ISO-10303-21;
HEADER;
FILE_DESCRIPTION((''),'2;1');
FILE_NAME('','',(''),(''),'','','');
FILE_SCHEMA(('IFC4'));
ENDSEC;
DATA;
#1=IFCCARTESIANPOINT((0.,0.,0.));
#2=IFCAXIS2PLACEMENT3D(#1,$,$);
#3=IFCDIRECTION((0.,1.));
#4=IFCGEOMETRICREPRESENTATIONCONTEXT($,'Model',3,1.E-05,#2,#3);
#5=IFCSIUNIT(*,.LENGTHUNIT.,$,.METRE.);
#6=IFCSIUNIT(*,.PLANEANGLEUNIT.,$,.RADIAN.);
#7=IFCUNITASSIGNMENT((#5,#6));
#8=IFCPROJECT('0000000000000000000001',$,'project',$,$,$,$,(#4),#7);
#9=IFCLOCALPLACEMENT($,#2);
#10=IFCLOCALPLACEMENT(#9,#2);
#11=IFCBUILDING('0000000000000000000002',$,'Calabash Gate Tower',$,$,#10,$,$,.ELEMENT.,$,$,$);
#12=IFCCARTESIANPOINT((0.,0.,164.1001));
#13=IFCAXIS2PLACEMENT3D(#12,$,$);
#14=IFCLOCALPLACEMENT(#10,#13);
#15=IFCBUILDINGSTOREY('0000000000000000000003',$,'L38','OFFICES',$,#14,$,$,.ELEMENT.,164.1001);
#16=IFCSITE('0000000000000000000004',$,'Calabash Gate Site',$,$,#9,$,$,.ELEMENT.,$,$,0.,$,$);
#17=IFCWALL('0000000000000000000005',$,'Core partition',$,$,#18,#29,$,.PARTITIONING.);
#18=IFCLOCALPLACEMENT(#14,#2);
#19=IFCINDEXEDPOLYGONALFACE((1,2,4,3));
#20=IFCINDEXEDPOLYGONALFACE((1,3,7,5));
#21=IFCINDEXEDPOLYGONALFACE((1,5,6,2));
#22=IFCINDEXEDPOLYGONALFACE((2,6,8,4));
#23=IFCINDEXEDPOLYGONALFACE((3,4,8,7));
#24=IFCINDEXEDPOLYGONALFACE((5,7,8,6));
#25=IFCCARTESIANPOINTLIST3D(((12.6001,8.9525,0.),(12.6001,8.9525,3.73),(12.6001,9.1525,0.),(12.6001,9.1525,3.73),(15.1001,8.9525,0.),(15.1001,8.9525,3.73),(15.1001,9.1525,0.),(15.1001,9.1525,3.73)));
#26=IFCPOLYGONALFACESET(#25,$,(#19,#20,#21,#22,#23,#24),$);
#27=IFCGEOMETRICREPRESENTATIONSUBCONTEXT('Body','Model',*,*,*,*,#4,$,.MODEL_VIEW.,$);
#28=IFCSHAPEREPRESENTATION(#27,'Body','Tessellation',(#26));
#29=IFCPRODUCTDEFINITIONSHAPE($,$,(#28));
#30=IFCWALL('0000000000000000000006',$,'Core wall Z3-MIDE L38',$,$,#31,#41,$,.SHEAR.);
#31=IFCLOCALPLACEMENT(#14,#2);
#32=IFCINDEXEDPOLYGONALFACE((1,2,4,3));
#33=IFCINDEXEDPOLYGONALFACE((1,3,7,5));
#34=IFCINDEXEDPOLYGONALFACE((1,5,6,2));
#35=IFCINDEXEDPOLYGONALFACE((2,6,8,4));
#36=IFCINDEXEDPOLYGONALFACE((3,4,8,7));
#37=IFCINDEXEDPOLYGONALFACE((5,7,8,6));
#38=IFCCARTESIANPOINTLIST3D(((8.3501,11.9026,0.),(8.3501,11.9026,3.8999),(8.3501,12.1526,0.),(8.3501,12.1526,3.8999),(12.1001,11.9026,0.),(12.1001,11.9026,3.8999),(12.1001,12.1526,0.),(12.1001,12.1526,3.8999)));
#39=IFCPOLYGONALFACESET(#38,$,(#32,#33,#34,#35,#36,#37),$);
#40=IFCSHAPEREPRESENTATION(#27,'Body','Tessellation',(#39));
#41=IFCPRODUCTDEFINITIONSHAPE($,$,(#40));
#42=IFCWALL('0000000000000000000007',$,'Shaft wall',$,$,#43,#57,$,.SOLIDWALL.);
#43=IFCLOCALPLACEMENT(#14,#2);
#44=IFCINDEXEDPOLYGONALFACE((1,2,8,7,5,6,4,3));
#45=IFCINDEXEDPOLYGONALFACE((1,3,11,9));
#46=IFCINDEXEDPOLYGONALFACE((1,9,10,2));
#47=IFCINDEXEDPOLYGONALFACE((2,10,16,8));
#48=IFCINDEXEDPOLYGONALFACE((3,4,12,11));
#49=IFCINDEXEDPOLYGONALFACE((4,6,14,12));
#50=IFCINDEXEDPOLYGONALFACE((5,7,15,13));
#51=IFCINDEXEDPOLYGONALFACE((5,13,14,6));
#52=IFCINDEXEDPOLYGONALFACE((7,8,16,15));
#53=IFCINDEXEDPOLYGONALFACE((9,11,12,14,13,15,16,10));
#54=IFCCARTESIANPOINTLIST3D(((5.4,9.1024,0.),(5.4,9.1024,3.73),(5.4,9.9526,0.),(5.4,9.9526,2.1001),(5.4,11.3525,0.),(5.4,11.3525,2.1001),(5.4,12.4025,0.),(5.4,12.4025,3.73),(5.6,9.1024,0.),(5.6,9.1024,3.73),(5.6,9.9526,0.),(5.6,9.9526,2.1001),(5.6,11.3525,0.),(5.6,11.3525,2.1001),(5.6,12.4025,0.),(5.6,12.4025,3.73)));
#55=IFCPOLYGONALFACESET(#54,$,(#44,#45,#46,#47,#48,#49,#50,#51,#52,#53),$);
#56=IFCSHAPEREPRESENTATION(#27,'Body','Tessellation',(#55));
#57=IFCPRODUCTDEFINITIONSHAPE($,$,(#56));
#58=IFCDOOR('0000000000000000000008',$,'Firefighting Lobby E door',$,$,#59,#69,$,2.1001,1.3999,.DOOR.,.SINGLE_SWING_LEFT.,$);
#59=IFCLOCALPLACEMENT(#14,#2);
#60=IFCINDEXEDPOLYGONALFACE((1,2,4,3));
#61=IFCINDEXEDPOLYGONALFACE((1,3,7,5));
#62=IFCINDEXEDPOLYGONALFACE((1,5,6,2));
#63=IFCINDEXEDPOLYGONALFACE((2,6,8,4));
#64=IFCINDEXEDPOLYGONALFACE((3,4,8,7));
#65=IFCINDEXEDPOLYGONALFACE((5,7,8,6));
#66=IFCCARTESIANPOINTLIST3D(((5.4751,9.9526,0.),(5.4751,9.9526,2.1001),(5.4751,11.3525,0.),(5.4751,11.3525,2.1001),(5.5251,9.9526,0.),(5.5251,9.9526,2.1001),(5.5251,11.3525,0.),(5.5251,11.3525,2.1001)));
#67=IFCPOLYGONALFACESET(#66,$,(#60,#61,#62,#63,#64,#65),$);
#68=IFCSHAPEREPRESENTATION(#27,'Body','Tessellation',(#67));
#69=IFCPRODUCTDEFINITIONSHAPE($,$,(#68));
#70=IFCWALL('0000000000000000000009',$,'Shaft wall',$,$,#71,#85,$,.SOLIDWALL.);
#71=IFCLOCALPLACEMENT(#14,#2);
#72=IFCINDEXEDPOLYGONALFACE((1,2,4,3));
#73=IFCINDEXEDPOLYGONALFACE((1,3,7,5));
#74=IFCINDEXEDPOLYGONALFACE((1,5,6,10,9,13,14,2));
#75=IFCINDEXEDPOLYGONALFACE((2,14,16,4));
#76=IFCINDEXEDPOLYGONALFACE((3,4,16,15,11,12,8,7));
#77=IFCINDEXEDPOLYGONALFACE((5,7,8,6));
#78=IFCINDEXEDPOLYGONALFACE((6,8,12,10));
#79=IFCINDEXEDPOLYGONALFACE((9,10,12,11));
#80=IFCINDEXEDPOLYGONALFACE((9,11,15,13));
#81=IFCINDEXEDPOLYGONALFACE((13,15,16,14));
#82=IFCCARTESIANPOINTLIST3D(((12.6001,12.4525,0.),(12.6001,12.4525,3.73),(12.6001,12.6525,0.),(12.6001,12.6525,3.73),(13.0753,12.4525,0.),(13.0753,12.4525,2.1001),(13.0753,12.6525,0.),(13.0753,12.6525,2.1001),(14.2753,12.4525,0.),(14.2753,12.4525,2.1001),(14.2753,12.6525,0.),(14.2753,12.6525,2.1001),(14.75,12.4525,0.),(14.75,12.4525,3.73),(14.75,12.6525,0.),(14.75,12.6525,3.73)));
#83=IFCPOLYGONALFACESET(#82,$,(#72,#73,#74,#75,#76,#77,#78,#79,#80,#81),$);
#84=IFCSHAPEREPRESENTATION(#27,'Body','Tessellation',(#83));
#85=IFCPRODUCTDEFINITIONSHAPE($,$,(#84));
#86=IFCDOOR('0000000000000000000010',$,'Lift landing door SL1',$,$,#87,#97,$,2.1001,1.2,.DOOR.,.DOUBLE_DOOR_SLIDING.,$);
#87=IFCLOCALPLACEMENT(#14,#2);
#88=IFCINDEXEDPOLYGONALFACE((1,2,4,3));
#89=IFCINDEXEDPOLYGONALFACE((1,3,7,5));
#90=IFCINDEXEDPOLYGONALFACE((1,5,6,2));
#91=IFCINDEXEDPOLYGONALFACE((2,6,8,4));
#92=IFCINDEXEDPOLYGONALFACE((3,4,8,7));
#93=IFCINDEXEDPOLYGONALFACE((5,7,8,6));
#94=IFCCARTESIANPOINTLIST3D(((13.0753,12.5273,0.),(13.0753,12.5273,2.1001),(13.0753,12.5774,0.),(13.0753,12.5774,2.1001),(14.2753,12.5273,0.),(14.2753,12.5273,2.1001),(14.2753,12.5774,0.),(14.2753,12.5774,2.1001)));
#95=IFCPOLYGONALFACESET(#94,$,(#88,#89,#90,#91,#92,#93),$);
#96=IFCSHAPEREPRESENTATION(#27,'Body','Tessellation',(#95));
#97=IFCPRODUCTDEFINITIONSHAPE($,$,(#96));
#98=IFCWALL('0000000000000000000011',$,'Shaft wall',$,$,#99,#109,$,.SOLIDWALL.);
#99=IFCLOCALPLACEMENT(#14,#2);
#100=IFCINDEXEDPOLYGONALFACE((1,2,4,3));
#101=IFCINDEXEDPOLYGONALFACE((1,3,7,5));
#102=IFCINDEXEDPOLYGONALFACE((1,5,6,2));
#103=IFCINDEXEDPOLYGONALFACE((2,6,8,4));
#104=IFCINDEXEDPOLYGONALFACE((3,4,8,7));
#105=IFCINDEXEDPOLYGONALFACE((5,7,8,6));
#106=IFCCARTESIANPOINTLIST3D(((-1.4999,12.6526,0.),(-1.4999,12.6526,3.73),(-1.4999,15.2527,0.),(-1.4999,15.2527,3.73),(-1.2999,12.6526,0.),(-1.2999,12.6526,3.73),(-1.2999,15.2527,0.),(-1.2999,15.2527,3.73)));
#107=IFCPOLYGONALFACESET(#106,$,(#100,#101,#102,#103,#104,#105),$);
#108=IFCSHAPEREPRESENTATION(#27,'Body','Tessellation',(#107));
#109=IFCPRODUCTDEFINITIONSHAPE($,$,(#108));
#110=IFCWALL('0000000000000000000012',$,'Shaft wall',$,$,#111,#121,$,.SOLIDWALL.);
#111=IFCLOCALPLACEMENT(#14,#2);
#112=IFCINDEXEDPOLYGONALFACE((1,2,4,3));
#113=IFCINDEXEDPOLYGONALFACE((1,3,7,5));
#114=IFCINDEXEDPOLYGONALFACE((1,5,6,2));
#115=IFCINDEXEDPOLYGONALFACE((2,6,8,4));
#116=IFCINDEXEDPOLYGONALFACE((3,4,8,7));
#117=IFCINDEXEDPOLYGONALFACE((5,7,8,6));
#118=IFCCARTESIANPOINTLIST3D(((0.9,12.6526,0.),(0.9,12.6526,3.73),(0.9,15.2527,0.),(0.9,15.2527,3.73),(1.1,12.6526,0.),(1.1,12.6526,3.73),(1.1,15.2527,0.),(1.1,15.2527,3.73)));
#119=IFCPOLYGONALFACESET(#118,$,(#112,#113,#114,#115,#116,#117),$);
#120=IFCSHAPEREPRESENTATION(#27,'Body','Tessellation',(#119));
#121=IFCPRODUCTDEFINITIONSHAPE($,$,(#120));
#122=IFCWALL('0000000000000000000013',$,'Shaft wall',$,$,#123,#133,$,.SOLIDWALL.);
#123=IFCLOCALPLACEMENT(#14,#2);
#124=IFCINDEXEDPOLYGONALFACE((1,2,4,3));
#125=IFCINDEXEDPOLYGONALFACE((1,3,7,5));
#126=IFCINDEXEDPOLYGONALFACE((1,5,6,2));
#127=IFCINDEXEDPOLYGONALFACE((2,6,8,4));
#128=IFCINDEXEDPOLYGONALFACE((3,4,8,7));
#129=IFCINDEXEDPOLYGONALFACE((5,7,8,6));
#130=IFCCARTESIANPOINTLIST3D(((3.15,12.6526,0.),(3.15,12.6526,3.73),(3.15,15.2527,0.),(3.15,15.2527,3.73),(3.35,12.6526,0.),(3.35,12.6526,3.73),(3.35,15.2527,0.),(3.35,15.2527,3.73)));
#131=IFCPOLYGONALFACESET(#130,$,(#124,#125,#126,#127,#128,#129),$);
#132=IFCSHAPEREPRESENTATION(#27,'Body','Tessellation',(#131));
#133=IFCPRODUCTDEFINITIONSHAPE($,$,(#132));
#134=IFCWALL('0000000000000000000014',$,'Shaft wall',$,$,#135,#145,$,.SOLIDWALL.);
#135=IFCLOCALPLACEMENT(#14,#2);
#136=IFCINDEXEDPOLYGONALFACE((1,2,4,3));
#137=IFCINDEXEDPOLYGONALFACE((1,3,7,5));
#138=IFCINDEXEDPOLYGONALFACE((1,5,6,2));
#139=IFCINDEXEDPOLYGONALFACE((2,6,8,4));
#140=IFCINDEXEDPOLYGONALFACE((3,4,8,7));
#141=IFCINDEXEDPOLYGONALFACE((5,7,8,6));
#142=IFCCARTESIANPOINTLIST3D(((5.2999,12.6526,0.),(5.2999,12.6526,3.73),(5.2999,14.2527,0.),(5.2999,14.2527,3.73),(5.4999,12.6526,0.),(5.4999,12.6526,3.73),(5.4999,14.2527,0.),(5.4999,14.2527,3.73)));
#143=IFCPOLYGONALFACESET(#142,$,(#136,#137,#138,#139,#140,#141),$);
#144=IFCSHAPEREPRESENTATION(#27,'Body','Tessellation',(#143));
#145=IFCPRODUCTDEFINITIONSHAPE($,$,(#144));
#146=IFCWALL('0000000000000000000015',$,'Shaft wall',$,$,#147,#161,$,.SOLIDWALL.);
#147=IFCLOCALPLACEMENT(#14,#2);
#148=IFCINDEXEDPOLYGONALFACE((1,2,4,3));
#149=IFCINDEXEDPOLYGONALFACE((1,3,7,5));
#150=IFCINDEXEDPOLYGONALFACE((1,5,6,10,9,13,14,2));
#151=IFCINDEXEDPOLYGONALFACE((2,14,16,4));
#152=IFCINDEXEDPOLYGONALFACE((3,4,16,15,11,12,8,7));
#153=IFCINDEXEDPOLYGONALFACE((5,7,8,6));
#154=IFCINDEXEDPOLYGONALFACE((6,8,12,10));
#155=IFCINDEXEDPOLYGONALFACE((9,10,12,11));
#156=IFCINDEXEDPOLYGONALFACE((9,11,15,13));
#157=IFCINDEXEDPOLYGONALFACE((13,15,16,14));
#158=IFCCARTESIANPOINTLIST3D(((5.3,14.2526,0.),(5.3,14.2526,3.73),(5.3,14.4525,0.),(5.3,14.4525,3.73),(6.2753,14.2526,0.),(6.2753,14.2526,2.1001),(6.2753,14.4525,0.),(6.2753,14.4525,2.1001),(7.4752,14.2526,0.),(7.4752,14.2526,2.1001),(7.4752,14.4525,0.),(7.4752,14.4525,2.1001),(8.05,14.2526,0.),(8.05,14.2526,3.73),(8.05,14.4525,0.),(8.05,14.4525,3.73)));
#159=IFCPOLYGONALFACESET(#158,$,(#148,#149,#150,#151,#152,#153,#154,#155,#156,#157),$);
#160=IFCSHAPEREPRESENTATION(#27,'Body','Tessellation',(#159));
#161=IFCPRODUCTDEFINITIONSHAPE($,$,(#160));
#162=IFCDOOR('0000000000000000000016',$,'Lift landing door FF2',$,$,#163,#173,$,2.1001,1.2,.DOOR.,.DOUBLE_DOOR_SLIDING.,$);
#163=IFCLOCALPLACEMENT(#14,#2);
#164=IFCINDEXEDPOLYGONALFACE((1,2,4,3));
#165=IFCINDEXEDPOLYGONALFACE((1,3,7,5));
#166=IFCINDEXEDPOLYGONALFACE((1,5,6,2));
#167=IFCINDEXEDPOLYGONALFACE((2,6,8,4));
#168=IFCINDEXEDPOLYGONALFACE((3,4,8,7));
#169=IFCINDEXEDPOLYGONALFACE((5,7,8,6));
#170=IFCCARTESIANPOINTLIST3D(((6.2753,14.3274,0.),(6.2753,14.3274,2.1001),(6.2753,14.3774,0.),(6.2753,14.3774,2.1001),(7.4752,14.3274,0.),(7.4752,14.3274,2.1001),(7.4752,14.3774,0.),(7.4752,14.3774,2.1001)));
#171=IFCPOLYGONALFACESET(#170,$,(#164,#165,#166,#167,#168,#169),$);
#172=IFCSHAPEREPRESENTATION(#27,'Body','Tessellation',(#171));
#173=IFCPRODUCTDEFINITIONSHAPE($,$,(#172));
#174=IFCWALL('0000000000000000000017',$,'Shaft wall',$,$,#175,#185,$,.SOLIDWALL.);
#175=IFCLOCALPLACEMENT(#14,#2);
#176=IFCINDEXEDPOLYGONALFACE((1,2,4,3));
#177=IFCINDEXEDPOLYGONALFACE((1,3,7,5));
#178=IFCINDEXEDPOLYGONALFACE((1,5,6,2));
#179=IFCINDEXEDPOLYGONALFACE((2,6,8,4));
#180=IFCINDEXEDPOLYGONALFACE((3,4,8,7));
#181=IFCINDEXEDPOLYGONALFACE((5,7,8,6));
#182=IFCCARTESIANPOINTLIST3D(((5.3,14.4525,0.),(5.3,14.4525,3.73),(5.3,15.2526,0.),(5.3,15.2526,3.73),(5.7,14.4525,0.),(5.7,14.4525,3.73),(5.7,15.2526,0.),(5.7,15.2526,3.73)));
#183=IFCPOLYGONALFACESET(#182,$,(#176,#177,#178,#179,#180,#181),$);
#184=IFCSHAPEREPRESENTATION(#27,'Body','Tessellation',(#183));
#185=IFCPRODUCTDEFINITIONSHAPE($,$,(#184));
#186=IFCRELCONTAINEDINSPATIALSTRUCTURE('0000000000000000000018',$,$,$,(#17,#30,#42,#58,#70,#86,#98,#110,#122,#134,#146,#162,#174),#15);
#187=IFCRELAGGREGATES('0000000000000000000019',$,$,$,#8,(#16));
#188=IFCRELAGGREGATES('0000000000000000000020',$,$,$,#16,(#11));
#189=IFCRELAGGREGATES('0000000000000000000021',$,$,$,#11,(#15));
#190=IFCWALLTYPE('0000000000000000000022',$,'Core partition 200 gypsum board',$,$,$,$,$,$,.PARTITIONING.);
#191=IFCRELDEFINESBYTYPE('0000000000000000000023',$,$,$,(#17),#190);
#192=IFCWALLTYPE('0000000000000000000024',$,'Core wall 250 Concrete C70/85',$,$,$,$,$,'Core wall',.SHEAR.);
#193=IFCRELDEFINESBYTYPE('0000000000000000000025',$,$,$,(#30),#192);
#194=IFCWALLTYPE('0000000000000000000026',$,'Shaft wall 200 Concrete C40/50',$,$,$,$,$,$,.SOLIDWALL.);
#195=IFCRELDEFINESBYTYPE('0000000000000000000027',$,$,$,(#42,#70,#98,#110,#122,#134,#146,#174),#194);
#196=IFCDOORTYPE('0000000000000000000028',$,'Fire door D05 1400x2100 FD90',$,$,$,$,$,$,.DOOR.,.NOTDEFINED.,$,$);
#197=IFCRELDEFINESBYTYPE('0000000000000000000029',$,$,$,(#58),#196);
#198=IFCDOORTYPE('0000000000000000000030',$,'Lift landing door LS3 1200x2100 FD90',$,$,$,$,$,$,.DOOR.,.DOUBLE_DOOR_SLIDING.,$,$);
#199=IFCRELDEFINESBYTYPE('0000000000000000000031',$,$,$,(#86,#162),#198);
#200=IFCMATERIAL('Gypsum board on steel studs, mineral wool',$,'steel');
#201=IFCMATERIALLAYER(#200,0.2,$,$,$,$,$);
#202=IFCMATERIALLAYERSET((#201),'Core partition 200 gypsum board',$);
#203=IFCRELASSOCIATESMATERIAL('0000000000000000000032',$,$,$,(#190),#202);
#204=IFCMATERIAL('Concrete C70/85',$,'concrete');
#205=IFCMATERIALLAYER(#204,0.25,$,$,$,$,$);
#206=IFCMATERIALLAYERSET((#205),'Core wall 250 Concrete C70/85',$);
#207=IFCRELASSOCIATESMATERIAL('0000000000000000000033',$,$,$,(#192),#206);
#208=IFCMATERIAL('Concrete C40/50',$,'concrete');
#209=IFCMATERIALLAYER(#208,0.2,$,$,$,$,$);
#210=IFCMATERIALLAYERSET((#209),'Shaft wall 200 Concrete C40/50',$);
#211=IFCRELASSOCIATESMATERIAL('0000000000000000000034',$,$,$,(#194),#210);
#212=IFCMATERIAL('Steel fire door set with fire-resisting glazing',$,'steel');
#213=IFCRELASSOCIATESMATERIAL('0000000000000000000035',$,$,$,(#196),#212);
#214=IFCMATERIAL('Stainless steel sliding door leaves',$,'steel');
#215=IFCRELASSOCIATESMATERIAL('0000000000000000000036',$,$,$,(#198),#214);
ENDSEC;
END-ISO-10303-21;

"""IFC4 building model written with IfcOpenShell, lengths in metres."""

from ifc_helpers import new_model, si_unit, direction, frame, frame_2d, origin, place, context, subcontext, project, spatial, rectangle, extrude, material, layer, layer_set, type_object, element, fill, save


model = new_model("IFC4")

# Units and contexts
model_context = context("Model", 3, precision=1e-05, world=origin(), true_north=direction((0.0, 1.0)))
body_context = subcontext(model_context, "Body", "Model", "MODEL_VIEW")
ifc_project = project(units=[si_unit("LENGTHUNIT", "METRE"), si_unit("PLANEANGLEUNIT", "RADIAN")], contexts=[model_context])

# Site, building, storey
site_placement = place(None, origin())
site = spatial("IfcSite", under=ifc_project, at=site_placement, Name="Calabash Gate Site", CompositionType="ELEMENT", RefElevation=0.0)
building_placement = place(site_placement, origin())
building = spatial("IfcBuilding", under=site, at=building_placement, Name="Calabash Gate Tower", CompositionType="ELEMENT")
storey_placement = place(building_placement, frame((0.0, 0.0, 164.1001)))
storey = spatial("IfcBuildingStorey", under=building, at=storey_placement, Name="L38", Description="OFFICES", CompositionType="ELEMENT", Elevation=164.1001)

# Walls
ifc_material_1 = material(Name="Gypsum board on steel studs, mineral wool", Category="steel")
ifc_layer_1 = layer(ifc_material_1, 0.2)
ifc_layer_set_1 = layer_set([ifc_layer_1], Name="Core partition 200 gypsum board")
wall_type_1 = type_object("IfcWallType", Name="Core partition 200 gypsum board", PredefinedType="PARTITIONING", material=ifc_layer_set_1)
wall_1_placement = place(storey_placement, frame((12.6001, 9.0525, 0.0), z_axis=(0.0, 0.0, 1.0), x_axis=(1.0, 0.0, 0.0)))
element("IfcWall", 1, at=wall_1_placement, inside=storey, type_object=wall_type_1, Name="Core partition", PredefinedType="PARTITIONING", context=body_context, shape_type="SweptSolid", body=[
    extrude(rectangle(XDim=2.5, YDim=0.2, at=frame_2d((1.25, 0.0))), origin(), (0.0, 0.0, 1.0), 3.73),
])
ifc_material_2 = material(Name="Concrete C70/85", Category="concrete")
ifc_layer_2 = layer(ifc_material_2, 0.25)
ifc_layer_set_2 = layer_set([ifc_layer_2], Name="Core wall 250 Concrete C70/85")
wall_type_2 = type_object("IfcWallType", Name="Core wall 250 Concrete C70/85", ElementType="Core wall", PredefinedType="SHEAR", material=ifc_layer_set_2)
wall_2_placement = place(storey_placement, frame((8.3501, 12.0276, 0.0), z_axis=(0.0, 0.0, 1.0), x_axis=(1.0, 0.0, 0.0)))
element("IfcWall", 2, at=wall_2_placement, inside=storey, type_object=wall_type_2, Name="Core wall Z3-MIDE L38", PredefinedType="SHEAR", context=body_context, shape_type="SweptSolid", body=[
    extrude(rectangle(XDim=3.75, YDim=0.25, at=frame_2d((1.875, 0.0))), origin(), (0.0, 0.0, 1.0), 3.8999),
])

# Walls, openings, doors
ifc_material_3 = material(Name="Concrete C40/50", Category="concrete")
ifc_layer_3 = layer(ifc_material_3, 0.2)
ifc_layer_set_3 = layer_set([ifc_layer_3], Name="Shaft wall 200 Concrete C40/50")
wall_type_3 = type_object("IfcWallType", Name="Shaft wall 200 Concrete C40/50", PredefinedType="SOLIDWALL", material=ifc_layer_set_3)
wall_3_placement = place(storey_placement, frame((5.5, 9.1025, 0.0), z_axis=(0.0, 0.0, 1.0), x_axis=(0.0, 1.0, 0.0)))
wall_3 = element("IfcWall", 3, at=wall_3_placement, inside=storey, type_object=wall_type_3, Name="Shaft wall", PredefinedType="SOLIDWALL", context=body_context, shape_type="SweptSolid", body=[
    extrude(rectangle(XDim=3.3, YDim=0.2, at=frame_2d((1.6499, 0.0))), origin(), (0.0, 0.0, 1.0), 3.73),
])
opening_1_placement = place(wall_3_placement, frame((0.8501, 0.0, 0.0)))
opening_1 = element("IfcOpeningElement", 4, at=opening_1_placement, cuts=wall_3, PredefinedType="OPENING", context=body_context, shape_type="SweptSolid", body=[
    extrude(rectangle(XDim=1.3999, YDim=2.1001, at=frame_2d((0.7, 1.05))), frame((0.0, 0.1099, 0.0), z_axis=(0.0, -1.0, 0.0), x_axis=(1.0, 0.0, 0.0)), (0.0, 0.0, 1.0), 0.22),
])
ifc_material_4 = material(Name="Steel fire door set with fire-resisting glazing", Category="steel")
door_type_1 = type_object("IfcDoorType", Name="Fire door D05 1400x2100 FD90", OperationType="NOTDEFINED", PredefinedType="DOOR", material=ifc_material_4)
door_1_placement = place(opening_1_placement, origin())
door_1 = element("IfcDoor", 5, at=door_1_placement, inside=storey, type_object=door_type_1, Name="Firefighting Lobby E door", OperationType="SINGLE_SWING_LEFT", OverallHeight=2.1001, OverallWidth=1.3999, PredefinedType="DOOR", context=body_context, shape_type="SweptSolid", body=[
    extrude(rectangle(XDim=1.3999, YDim=2.1001, at=frame_2d((0.7, 1.05))), frame((0.0, 0.0249, 0.0), z_axis=(0.0, -1.0, 0.0), x_axis=(1.0, 0.0, 0.0)), (0.0, 0.0, 1.0), 0.05),
])
fill(opening_1, door_1)
wall_4_placement = place(storey_placement, frame((12.6001, 12.5525, 0.0), z_axis=(0.0, 0.0, 1.0), x_axis=(1.0, 0.0, 0.0)))
wall_4 = element("IfcWall", 6, at=wall_4_placement, inside=storey, type_object=wall_type_3, Name="Shaft wall", PredefinedType="SOLIDWALL", context=body_context, shape_type="SweptSolid", body=[
    extrude(rectangle(XDim=2.1499, YDim=0.2, at=frame_2d((1.075, 0.0))), origin(), (0.0, 0.0, 1.0), 3.73),
])
opening_2_placement = place(wall_4_placement, frame((0.4751, 0.0, 0.0)))
opening_2 = element("IfcOpeningElement", 7, at=opening_2_placement, cuts=wall_4, PredefinedType="OPENING", context=body_context, shape_type="SweptSolid", body=[
    extrude(rectangle(XDim=1.2, YDim=2.1001, at=frame_2d((0.6001, 1.05))), frame((0.0, 0.1099, 0.0), z_axis=(0.0, -1.0, 0.0), x_axis=(1.0, 0.0, 0.0)), (0.0, 0.0, 1.0), 0.22),
])
ifc_material_5 = material(Name="Stainless steel sliding door leaves", Category="steel")
door_type_2 = type_object("IfcDoorType", Name="Lift landing door LS3 1200x2100 FD90", OperationType="DOUBLE_DOOR_SLIDING", PredefinedType="DOOR", material=ifc_material_5)
door_2_placement = place(opening_2_placement, origin())
door_2 = element("IfcDoor", 8, at=door_2_placement, inside=storey, type_object=door_type_2, Name="Lift landing door SL1", OperationType="DOUBLE_DOOR_SLIDING", OverallHeight=2.1001, OverallWidth=1.2, PredefinedType="DOOR", context=body_context, shape_type="SweptSolid", body=[
    extrude(rectangle(XDim=1.2, YDim=2.1001, at=frame_2d((0.6001, 1.05))), frame((0.0, 0.0249, 0.0), z_axis=(0.0, -1.0, 0.0), x_axis=(1.0, 0.0, 0.0)), (0.0, 0.0, 1.0), 0.05),
])
fill(opening_2, door_2)

# Walls
for number, where, z_axis, x_axis, name in (
    (9, (-1.3999, 12.6526, 0.0), (0.0, 0.0, 1.0), (0.0, 1.0, 0.0), "Shaft wall"),
    (10, (1.0, 12.6526, 0.0), (0.0, 0.0, 1.0), (0.0, 1.0, 0.0), "Shaft wall"),
    (11, (3.25, 12.6526, 0.0), (0.0, 0.0, 1.0), (0.0, 1.0, 0.0), "Shaft wall"),
):
    element("IfcWall", number, at=place(storey_placement, frame(where, z_axis=z_axis, x_axis=x_axis)), inside=storey, type_object=wall_type_3, Name=name, PredefinedType="SOLIDWALL", context=body_context, shape_type="SweptSolid", body=[
        extrude(rectangle(XDim=2.6001, YDim=0.2, at=frame_2d((1.3, 0.0))), origin(), (0.0, 0.0, 1.0), 3.73),
    ])
wall_5_placement = place(storey_placement, frame((5.3999, 12.6526, 0.0), z_axis=(0.0, 0.0, 1.0), x_axis=(0.0, 1.0, 0.0)))
element("IfcWall", 12, at=wall_5_placement, inside=storey, type_object=wall_type_3, Name="Shaft wall", PredefinedType="SOLIDWALL", context=body_context, shape_type="SweptSolid", body=[
    extrude(rectangle(XDim=1.6001, YDim=0.2, at=frame_2d((0.8, 0.0))), origin(), (0.0, 0.0, 1.0), 3.73),
])

# Wall, opening, door
wall_6_placement = place(storey_placement, frame((5.3, 14.3525, 0.0), z_axis=(0.0, 0.0, 1.0), x_axis=(1.0, 0.0, 0.0)))
wall_6 = element("IfcWall", 13, at=wall_6_placement, inside=storey, type_object=wall_type_3, Name="Shaft wall", PredefinedType="SOLIDWALL", context=body_context, shape_type="SweptSolid", body=[
    extrude(rectangle(XDim=2.75, YDim=0.2, at=frame_2d((1.375, 0.0))), origin(), (0.0, 0.0, 1.0), 3.73),
])
opening_3_placement = place(wall_6_placement, frame((0.9751, 0.0, 0.0)))
opening_3 = element("IfcOpeningElement", 14, at=opening_3_placement, cuts=wall_6, PredefinedType="OPENING", context=body_context, shape_type="SweptSolid", body=[
    extrude(rectangle(XDim=1.2, YDim=2.1001, at=frame_2d((0.6001, 1.05))), frame((0.0, 0.1099, 0.0), z_axis=(0.0, -1.0, 0.0), x_axis=(1.0, 0.0, 0.0)), (0.0, 0.0, 1.0), 0.22),
])
door_3_placement = place(opening_3_placement, origin())
door_3 = element("IfcDoor", 15, at=door_3_placement, inside=storey, type_object=door_type_2, Name="Lift landing door FF2", OperationType="DOUBLE_DOOR_SLIDING", OverallHeight=2.1001, OverallWidth=1.2, PredefinedType="DOOR", context=body_context, shape_type="SweptSolid", body=[
    extrude(rectangle(XDim=1.2, YDim=2.1001, at=frame_2d((0.6001, 1.05))), frame((0.0, 0.0249, 0.0), z_axis=(0.0, -1.0, 0.0), x_axis=(1.0, 0.0, 0.0)), (0.0, 0.0, 1.0), 0.05),
])
fill(opening_3, door_3)

# Wall
wall_7_placement = place(storey_placement, frame((5.5, 14.4526, 0.0), z_axis=(0.0, 0.0, 1.0), x_axis=(0.0, 1.0, 0.0)))
element("IfcWall", 16, at=wall_7_placement, inside=storey, type_object=wall_type_3, Name="Shaft wall", PredefinedType="SOLIDWALL", context=body_context, shape_type="SweptSolid", body=[
    extrude(rectangle(XDim=0.8, YDim=0.3999, at=frame_2d((0.3999, 0.0))), origin(), (0.0, 0.0, 1.0), 3.73),
])

save(model, "model.ifc")
